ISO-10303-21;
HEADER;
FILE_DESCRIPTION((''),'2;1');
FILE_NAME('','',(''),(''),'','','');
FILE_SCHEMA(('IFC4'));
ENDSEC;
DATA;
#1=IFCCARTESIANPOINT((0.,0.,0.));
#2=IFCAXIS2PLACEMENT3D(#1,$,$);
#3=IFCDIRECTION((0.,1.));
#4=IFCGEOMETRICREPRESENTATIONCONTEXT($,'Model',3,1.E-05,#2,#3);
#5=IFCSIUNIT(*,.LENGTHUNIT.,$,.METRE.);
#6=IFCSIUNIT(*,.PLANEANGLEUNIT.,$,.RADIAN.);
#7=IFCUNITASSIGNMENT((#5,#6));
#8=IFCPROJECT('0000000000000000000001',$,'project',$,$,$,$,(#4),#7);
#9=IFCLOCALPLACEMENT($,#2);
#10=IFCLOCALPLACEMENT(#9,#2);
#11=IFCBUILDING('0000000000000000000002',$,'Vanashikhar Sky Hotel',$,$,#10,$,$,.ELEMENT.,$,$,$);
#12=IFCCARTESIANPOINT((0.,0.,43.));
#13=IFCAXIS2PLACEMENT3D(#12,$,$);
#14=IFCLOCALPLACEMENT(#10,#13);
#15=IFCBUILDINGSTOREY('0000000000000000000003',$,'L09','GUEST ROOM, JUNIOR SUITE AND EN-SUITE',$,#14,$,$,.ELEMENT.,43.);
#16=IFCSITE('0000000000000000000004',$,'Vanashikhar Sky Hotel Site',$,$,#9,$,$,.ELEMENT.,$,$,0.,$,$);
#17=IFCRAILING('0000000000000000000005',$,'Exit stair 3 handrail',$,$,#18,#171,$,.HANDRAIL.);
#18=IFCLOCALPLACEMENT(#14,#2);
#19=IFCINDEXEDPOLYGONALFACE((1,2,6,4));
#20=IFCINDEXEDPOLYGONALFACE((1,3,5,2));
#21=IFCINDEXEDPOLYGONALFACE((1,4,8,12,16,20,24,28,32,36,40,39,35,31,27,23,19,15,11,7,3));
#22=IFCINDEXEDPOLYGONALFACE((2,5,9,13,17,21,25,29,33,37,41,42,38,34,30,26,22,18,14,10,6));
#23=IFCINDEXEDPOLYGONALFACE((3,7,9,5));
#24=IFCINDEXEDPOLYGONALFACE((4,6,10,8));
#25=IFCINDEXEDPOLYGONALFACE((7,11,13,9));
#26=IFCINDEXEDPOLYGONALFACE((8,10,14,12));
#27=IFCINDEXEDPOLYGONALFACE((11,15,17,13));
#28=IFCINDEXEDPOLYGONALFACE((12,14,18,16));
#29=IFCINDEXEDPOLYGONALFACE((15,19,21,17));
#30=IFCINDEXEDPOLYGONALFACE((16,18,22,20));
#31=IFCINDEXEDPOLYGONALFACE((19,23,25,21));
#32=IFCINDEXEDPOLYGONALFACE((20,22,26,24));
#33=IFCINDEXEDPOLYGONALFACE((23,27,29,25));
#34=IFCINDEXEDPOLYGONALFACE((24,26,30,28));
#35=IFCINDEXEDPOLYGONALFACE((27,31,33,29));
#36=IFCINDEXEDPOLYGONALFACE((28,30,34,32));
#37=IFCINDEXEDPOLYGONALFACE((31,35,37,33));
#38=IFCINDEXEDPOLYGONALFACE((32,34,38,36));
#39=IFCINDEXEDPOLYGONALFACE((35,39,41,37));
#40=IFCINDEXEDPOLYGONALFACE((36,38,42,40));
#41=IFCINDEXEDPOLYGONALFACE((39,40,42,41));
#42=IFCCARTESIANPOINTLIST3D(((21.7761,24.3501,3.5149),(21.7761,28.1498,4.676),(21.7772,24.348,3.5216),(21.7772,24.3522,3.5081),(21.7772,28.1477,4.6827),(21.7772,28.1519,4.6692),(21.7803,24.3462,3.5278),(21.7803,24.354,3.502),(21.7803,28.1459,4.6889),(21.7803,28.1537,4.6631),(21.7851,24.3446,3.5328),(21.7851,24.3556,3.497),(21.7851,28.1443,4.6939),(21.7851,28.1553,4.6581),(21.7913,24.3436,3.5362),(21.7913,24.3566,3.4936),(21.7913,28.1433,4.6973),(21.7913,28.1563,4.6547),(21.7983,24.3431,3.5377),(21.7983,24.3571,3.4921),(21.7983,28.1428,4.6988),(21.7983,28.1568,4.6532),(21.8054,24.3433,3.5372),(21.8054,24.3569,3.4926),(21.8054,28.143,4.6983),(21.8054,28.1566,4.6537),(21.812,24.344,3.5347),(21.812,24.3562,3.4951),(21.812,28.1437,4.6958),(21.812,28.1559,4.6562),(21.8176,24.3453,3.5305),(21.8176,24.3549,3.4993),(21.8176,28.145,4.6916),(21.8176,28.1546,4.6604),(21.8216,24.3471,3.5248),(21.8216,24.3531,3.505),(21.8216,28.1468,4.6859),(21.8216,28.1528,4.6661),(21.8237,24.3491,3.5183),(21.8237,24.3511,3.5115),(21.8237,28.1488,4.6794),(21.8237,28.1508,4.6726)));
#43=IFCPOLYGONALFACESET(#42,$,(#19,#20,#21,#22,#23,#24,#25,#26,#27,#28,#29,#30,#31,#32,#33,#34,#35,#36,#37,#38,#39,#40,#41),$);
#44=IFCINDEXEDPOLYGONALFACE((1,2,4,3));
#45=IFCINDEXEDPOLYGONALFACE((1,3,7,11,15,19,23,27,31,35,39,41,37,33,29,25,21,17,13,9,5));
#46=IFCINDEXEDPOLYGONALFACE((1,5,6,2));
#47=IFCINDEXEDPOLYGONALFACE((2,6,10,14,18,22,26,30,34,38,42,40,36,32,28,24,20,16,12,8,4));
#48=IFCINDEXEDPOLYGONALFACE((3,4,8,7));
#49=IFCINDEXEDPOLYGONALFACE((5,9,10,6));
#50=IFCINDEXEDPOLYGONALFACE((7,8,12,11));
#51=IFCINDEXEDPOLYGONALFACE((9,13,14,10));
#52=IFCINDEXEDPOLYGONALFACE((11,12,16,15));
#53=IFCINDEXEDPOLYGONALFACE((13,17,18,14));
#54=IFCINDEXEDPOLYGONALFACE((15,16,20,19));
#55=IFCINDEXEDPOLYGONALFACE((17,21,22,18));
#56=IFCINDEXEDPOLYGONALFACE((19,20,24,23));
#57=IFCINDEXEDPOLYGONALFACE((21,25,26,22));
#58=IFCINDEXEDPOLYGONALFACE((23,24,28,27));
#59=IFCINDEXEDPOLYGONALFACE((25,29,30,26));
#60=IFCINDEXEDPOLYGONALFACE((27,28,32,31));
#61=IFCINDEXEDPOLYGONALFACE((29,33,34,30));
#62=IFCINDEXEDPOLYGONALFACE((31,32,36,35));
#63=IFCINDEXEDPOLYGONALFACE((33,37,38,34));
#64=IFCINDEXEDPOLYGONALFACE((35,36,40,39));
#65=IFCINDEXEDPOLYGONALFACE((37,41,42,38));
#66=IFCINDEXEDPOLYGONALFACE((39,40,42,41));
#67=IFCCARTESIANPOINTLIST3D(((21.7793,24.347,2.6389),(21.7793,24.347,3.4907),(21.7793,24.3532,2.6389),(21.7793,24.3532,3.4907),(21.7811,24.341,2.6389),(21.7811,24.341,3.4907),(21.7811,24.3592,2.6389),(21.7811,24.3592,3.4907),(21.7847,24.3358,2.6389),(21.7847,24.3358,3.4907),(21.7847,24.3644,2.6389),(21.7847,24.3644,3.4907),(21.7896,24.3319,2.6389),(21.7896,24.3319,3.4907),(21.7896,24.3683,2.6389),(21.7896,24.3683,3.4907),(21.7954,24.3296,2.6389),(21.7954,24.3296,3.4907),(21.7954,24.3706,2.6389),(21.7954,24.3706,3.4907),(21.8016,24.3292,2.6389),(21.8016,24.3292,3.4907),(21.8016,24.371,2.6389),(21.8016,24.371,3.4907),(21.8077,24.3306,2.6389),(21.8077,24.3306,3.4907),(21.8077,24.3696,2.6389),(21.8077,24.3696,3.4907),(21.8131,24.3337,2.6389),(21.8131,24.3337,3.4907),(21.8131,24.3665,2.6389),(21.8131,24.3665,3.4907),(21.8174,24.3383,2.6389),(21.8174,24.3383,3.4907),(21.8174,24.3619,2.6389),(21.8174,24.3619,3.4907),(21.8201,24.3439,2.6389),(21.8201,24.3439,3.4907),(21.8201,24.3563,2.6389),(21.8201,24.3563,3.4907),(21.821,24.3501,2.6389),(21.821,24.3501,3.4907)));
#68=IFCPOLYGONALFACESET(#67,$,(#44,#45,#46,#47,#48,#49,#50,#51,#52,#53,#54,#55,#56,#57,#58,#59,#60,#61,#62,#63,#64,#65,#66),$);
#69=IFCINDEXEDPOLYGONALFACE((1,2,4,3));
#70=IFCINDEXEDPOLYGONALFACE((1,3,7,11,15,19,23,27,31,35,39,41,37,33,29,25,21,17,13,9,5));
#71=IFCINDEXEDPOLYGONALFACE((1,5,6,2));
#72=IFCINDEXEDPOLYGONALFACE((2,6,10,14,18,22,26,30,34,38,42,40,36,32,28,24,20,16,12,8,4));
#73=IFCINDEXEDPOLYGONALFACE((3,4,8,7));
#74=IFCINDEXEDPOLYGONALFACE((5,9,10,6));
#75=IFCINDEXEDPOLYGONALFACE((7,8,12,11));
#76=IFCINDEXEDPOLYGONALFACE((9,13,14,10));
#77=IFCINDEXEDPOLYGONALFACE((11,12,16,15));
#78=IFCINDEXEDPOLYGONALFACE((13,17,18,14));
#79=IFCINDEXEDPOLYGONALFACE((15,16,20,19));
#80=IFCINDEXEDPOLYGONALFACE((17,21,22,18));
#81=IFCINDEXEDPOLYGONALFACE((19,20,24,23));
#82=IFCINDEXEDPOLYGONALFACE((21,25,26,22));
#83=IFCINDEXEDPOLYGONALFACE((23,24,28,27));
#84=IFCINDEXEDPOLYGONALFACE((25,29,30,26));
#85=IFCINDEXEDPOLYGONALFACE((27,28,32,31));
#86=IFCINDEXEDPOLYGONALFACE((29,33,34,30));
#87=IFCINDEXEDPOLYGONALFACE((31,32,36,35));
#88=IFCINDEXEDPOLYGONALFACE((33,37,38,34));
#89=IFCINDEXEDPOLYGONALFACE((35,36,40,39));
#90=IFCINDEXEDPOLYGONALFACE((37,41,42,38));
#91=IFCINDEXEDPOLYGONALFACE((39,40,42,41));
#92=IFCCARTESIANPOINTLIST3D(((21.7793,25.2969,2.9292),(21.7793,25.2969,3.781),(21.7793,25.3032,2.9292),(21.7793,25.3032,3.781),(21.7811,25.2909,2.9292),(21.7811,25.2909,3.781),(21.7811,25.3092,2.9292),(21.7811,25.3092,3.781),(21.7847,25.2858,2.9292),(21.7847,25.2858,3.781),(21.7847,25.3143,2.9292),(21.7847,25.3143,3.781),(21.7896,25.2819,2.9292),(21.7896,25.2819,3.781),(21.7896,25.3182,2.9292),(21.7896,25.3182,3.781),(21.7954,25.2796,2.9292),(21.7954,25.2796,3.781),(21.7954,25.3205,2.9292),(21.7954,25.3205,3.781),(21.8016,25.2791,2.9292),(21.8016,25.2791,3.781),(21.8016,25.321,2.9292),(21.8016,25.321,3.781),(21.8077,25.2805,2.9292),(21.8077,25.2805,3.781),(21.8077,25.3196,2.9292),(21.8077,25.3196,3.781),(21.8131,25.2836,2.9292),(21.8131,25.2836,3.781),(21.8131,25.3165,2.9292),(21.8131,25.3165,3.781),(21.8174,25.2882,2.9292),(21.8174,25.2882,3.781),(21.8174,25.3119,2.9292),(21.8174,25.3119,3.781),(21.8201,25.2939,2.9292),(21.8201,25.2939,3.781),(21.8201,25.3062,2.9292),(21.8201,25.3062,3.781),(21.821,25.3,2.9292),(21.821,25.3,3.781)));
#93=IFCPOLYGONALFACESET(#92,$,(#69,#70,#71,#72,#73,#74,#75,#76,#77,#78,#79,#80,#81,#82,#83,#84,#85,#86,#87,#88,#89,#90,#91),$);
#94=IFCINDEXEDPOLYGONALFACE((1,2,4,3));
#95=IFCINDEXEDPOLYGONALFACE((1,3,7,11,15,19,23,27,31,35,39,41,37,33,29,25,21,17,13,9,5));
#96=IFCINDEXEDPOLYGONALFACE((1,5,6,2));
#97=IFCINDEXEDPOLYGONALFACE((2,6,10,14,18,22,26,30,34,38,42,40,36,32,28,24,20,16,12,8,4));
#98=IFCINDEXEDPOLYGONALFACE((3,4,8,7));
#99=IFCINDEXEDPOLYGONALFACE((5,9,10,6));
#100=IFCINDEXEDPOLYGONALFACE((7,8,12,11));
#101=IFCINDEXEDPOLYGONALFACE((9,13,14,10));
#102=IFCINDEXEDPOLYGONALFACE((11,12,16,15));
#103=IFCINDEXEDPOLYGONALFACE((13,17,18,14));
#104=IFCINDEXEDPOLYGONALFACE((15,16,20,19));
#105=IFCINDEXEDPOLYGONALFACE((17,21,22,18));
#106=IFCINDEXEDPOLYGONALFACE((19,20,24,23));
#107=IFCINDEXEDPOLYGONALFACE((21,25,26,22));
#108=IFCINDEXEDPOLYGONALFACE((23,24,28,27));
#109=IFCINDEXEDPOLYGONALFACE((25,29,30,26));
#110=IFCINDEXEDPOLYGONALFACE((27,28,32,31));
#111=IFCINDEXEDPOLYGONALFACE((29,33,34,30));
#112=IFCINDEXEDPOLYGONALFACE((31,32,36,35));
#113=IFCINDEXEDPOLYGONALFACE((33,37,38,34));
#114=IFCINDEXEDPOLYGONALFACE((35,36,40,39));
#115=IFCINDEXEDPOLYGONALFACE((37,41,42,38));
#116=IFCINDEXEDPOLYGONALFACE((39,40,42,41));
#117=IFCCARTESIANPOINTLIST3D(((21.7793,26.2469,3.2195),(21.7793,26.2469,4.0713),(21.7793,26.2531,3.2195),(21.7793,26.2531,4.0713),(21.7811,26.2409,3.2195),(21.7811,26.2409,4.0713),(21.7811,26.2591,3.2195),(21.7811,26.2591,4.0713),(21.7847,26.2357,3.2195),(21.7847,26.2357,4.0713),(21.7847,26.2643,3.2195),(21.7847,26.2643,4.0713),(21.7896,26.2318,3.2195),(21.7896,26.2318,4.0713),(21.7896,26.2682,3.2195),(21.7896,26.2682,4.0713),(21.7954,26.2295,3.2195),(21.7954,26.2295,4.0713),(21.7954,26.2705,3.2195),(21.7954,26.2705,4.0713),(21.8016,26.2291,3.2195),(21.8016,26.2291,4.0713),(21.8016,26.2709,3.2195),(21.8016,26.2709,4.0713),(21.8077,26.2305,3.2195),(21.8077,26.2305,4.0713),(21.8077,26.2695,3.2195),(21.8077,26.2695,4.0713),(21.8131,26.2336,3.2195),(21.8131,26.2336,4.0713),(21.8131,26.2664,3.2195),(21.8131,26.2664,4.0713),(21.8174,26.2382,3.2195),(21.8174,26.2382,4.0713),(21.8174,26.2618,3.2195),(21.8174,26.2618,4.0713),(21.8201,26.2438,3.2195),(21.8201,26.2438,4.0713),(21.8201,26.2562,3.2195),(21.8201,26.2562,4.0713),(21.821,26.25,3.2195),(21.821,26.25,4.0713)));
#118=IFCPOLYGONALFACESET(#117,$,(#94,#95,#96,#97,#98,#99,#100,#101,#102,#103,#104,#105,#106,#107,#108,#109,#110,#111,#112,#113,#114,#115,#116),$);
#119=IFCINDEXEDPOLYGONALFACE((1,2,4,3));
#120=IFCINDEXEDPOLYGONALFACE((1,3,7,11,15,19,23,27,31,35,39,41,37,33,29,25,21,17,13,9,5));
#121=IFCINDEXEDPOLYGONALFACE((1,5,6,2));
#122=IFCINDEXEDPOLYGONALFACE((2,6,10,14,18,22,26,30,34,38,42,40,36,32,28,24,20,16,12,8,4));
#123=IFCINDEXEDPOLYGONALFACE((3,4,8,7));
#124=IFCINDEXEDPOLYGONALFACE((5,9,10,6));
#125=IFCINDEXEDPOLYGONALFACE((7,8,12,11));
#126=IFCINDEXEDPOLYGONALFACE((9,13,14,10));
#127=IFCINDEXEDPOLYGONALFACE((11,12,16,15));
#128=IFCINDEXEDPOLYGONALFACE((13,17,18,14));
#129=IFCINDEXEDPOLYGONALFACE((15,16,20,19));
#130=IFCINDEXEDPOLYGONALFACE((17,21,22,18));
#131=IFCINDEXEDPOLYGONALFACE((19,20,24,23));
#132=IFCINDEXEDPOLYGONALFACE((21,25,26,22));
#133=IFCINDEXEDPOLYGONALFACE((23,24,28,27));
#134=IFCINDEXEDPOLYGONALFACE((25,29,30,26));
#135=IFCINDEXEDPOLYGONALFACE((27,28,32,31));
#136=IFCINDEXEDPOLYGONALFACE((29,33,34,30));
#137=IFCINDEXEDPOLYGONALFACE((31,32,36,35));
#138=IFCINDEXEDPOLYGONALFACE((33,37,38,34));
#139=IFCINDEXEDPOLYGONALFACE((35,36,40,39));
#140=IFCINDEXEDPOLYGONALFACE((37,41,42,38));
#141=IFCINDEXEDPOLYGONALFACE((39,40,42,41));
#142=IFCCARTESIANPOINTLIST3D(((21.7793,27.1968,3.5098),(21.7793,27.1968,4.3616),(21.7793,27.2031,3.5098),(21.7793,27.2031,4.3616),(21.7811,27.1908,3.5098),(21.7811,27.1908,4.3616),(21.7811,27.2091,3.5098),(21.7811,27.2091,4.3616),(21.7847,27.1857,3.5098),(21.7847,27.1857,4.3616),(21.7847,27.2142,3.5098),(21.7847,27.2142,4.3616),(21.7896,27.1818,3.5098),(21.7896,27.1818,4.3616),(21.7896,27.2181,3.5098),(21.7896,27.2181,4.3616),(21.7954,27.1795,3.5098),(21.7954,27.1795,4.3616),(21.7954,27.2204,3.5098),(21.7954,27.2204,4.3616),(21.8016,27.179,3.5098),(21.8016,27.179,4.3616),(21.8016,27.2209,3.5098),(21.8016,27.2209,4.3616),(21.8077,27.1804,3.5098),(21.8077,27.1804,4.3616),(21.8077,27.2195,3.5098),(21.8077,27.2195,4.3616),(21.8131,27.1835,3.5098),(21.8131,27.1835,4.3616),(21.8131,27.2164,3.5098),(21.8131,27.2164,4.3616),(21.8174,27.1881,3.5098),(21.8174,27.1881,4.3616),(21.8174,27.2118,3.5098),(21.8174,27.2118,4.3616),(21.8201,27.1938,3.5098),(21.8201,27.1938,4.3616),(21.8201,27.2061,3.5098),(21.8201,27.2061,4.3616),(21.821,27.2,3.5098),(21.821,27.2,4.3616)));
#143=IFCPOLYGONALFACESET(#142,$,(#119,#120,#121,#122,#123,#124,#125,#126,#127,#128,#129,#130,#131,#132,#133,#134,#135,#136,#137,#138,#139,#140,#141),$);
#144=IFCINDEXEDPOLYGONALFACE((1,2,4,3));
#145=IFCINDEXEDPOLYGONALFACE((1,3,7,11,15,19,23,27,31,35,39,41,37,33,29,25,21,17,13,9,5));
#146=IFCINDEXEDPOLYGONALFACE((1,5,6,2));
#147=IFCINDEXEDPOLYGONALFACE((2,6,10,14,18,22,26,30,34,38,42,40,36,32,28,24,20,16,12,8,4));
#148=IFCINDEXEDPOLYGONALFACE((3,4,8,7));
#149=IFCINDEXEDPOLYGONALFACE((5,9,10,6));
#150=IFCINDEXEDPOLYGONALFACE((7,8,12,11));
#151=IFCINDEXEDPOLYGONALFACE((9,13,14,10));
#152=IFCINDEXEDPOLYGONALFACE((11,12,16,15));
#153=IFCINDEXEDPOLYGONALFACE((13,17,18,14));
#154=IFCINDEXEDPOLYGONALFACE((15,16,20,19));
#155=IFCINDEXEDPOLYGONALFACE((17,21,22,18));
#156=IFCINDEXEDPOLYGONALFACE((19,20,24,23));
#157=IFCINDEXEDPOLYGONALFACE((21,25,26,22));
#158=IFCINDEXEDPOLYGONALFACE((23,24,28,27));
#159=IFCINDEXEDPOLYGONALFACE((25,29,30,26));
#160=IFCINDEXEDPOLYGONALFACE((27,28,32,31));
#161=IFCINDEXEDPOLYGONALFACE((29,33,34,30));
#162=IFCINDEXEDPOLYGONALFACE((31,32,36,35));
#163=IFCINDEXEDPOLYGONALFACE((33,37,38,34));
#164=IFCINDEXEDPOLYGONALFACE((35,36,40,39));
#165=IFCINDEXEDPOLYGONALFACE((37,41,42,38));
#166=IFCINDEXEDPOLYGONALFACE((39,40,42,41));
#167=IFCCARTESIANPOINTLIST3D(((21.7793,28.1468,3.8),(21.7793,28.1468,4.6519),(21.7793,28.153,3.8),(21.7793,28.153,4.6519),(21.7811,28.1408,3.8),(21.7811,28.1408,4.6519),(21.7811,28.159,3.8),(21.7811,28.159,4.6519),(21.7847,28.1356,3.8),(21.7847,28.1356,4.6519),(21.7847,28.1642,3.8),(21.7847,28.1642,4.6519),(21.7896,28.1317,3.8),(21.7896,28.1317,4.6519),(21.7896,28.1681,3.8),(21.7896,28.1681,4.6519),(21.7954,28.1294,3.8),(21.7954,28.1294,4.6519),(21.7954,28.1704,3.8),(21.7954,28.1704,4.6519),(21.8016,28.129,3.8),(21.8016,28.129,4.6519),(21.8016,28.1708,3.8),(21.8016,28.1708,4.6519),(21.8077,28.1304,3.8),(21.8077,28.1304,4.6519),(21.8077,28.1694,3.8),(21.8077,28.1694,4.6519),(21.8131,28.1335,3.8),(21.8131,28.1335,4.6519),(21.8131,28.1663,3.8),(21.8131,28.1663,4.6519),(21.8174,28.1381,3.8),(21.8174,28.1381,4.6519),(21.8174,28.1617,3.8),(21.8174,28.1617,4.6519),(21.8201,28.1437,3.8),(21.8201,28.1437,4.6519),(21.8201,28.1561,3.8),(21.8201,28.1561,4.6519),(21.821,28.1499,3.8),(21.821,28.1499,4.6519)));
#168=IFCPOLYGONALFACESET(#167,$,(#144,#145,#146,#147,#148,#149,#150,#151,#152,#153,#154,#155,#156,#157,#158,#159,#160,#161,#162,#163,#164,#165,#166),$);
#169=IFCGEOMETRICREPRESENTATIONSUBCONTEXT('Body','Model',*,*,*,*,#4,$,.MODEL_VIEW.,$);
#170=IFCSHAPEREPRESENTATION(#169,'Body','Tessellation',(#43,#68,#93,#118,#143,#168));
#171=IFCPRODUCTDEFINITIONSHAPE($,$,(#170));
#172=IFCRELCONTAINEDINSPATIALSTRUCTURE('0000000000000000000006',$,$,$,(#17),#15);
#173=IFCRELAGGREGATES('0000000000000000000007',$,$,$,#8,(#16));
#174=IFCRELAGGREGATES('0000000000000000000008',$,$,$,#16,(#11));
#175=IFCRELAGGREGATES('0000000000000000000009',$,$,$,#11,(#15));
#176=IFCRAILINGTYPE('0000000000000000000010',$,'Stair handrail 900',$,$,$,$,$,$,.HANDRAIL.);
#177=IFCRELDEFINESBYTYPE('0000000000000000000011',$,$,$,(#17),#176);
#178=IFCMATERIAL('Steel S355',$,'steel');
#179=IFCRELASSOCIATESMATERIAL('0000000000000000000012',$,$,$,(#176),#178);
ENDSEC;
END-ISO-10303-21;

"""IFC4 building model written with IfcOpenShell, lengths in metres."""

from ifc_helpers import new_model, si_unit, direction, frame, origin, origin_2d, place, context, subcontext, project, spatial, circle, extrude, source, transform, mapped, material, type_object, element, save


model = new_model("IFC4")

# Units and contexts
model_context = context("Model", 3, precision=1e-05, world=origin(), true_north=direction((0.0, 1.0)))
body_context = subcontext(model_context, "Body", "Model", "MODEL_VIEW")
ifc_project = project(units=[si_unit("LENGTHUNIT", "METRE"), si_unit("PLANEANGLEUNIT", "RADIAN")], contexts=[model_context])

# Site, building, storey
site_placement = place(None, origin())
site = spatial("IfcSite", under=ifc_project, at=site_placement, Name="Vanashikhar Sky Hotel Site", CompositionType="ELEMENT", RefElevation=0.0)
building_placement = place(site_placement, origin())
building = spatial("IfcBuilding", under=site, at=building_placement, Name="Vanashikhar Sky Hotel", CompositionType="ELEMENT")
storey_placement = place(building_placement, frame((0.0, 0.0, 43.0)))
storey = spatial("IfcBuildingStorey", under=building, at=storey_placement, Name="L09", Description="GUEST ROOM, JUNIOR SUITE AND EN-SUITE", CompositionType="ELEMENT", Elevation=43.0)

# Railing
ifc_material_1 = material(Name="Steel S355", Category="steel")
railing_type_1 = type_object("IfcRailingType", Name="Stair handrail 900", PredefinedType="HANDRAIL", material=ifc_material_1)
shared_shape_1 = source(origin(), body_context, "Body", "SweptSolid", [
    extrude(circle(Radius=0.0239, at=origin_2d()), frame((0.0, 0.0, 0.876), z_axis=(0.0, 0.956346, 0.292237), x_axis=(-1.0, 0.0, 0.0)), (0.0, 0.0, 1.0), 3.9731),
    extrude(circle(Radius=0.021, at=origin_2d()), origin(), (0.0, 0.0, 1.0), 0.8518),
    extrude(circle(Radius=0.021, at=origin_2d()), frame((0.0, 0.95, 0.2903)), (0.0, 0.0, 1.0), 0.8518),
    extrude(circle(Radius=0.021, at=origin_2d()), frame((0.0, 1.8999, 0.5806)), (0.0, 0.0, 1.0), 0.8518),
    extrude(circle(Radius=0.021, at=origin_2d()), frame((0.0, 2.8499, 0.8708)), (0.0, 0.0, 1.0), 0.8518),
    extrude(circle(Radius=0.021, at=origin_2d()), frame((0.0, 3.7998, 1.1611)), (0.0, 0.0, 1.0), 0.8518),
])
for number, where, name in (
    (1, (21.8, 24.3501, 2.6389), "Exit stair 3 handrail"),
):
    element("IfcRailing", number, at=place(storey_placement, frame(where)), inside=storey, type_object=railing_type_1, Name=name, PredefinedType="HANDRAIL", context=body_context, shape_type="MappedRepresentation", body=[
        mapped(shared_shape_1, transform((0.0, 0.0, 0.0), scale=1.0)),
    ])

save(model, "model.ifc")
